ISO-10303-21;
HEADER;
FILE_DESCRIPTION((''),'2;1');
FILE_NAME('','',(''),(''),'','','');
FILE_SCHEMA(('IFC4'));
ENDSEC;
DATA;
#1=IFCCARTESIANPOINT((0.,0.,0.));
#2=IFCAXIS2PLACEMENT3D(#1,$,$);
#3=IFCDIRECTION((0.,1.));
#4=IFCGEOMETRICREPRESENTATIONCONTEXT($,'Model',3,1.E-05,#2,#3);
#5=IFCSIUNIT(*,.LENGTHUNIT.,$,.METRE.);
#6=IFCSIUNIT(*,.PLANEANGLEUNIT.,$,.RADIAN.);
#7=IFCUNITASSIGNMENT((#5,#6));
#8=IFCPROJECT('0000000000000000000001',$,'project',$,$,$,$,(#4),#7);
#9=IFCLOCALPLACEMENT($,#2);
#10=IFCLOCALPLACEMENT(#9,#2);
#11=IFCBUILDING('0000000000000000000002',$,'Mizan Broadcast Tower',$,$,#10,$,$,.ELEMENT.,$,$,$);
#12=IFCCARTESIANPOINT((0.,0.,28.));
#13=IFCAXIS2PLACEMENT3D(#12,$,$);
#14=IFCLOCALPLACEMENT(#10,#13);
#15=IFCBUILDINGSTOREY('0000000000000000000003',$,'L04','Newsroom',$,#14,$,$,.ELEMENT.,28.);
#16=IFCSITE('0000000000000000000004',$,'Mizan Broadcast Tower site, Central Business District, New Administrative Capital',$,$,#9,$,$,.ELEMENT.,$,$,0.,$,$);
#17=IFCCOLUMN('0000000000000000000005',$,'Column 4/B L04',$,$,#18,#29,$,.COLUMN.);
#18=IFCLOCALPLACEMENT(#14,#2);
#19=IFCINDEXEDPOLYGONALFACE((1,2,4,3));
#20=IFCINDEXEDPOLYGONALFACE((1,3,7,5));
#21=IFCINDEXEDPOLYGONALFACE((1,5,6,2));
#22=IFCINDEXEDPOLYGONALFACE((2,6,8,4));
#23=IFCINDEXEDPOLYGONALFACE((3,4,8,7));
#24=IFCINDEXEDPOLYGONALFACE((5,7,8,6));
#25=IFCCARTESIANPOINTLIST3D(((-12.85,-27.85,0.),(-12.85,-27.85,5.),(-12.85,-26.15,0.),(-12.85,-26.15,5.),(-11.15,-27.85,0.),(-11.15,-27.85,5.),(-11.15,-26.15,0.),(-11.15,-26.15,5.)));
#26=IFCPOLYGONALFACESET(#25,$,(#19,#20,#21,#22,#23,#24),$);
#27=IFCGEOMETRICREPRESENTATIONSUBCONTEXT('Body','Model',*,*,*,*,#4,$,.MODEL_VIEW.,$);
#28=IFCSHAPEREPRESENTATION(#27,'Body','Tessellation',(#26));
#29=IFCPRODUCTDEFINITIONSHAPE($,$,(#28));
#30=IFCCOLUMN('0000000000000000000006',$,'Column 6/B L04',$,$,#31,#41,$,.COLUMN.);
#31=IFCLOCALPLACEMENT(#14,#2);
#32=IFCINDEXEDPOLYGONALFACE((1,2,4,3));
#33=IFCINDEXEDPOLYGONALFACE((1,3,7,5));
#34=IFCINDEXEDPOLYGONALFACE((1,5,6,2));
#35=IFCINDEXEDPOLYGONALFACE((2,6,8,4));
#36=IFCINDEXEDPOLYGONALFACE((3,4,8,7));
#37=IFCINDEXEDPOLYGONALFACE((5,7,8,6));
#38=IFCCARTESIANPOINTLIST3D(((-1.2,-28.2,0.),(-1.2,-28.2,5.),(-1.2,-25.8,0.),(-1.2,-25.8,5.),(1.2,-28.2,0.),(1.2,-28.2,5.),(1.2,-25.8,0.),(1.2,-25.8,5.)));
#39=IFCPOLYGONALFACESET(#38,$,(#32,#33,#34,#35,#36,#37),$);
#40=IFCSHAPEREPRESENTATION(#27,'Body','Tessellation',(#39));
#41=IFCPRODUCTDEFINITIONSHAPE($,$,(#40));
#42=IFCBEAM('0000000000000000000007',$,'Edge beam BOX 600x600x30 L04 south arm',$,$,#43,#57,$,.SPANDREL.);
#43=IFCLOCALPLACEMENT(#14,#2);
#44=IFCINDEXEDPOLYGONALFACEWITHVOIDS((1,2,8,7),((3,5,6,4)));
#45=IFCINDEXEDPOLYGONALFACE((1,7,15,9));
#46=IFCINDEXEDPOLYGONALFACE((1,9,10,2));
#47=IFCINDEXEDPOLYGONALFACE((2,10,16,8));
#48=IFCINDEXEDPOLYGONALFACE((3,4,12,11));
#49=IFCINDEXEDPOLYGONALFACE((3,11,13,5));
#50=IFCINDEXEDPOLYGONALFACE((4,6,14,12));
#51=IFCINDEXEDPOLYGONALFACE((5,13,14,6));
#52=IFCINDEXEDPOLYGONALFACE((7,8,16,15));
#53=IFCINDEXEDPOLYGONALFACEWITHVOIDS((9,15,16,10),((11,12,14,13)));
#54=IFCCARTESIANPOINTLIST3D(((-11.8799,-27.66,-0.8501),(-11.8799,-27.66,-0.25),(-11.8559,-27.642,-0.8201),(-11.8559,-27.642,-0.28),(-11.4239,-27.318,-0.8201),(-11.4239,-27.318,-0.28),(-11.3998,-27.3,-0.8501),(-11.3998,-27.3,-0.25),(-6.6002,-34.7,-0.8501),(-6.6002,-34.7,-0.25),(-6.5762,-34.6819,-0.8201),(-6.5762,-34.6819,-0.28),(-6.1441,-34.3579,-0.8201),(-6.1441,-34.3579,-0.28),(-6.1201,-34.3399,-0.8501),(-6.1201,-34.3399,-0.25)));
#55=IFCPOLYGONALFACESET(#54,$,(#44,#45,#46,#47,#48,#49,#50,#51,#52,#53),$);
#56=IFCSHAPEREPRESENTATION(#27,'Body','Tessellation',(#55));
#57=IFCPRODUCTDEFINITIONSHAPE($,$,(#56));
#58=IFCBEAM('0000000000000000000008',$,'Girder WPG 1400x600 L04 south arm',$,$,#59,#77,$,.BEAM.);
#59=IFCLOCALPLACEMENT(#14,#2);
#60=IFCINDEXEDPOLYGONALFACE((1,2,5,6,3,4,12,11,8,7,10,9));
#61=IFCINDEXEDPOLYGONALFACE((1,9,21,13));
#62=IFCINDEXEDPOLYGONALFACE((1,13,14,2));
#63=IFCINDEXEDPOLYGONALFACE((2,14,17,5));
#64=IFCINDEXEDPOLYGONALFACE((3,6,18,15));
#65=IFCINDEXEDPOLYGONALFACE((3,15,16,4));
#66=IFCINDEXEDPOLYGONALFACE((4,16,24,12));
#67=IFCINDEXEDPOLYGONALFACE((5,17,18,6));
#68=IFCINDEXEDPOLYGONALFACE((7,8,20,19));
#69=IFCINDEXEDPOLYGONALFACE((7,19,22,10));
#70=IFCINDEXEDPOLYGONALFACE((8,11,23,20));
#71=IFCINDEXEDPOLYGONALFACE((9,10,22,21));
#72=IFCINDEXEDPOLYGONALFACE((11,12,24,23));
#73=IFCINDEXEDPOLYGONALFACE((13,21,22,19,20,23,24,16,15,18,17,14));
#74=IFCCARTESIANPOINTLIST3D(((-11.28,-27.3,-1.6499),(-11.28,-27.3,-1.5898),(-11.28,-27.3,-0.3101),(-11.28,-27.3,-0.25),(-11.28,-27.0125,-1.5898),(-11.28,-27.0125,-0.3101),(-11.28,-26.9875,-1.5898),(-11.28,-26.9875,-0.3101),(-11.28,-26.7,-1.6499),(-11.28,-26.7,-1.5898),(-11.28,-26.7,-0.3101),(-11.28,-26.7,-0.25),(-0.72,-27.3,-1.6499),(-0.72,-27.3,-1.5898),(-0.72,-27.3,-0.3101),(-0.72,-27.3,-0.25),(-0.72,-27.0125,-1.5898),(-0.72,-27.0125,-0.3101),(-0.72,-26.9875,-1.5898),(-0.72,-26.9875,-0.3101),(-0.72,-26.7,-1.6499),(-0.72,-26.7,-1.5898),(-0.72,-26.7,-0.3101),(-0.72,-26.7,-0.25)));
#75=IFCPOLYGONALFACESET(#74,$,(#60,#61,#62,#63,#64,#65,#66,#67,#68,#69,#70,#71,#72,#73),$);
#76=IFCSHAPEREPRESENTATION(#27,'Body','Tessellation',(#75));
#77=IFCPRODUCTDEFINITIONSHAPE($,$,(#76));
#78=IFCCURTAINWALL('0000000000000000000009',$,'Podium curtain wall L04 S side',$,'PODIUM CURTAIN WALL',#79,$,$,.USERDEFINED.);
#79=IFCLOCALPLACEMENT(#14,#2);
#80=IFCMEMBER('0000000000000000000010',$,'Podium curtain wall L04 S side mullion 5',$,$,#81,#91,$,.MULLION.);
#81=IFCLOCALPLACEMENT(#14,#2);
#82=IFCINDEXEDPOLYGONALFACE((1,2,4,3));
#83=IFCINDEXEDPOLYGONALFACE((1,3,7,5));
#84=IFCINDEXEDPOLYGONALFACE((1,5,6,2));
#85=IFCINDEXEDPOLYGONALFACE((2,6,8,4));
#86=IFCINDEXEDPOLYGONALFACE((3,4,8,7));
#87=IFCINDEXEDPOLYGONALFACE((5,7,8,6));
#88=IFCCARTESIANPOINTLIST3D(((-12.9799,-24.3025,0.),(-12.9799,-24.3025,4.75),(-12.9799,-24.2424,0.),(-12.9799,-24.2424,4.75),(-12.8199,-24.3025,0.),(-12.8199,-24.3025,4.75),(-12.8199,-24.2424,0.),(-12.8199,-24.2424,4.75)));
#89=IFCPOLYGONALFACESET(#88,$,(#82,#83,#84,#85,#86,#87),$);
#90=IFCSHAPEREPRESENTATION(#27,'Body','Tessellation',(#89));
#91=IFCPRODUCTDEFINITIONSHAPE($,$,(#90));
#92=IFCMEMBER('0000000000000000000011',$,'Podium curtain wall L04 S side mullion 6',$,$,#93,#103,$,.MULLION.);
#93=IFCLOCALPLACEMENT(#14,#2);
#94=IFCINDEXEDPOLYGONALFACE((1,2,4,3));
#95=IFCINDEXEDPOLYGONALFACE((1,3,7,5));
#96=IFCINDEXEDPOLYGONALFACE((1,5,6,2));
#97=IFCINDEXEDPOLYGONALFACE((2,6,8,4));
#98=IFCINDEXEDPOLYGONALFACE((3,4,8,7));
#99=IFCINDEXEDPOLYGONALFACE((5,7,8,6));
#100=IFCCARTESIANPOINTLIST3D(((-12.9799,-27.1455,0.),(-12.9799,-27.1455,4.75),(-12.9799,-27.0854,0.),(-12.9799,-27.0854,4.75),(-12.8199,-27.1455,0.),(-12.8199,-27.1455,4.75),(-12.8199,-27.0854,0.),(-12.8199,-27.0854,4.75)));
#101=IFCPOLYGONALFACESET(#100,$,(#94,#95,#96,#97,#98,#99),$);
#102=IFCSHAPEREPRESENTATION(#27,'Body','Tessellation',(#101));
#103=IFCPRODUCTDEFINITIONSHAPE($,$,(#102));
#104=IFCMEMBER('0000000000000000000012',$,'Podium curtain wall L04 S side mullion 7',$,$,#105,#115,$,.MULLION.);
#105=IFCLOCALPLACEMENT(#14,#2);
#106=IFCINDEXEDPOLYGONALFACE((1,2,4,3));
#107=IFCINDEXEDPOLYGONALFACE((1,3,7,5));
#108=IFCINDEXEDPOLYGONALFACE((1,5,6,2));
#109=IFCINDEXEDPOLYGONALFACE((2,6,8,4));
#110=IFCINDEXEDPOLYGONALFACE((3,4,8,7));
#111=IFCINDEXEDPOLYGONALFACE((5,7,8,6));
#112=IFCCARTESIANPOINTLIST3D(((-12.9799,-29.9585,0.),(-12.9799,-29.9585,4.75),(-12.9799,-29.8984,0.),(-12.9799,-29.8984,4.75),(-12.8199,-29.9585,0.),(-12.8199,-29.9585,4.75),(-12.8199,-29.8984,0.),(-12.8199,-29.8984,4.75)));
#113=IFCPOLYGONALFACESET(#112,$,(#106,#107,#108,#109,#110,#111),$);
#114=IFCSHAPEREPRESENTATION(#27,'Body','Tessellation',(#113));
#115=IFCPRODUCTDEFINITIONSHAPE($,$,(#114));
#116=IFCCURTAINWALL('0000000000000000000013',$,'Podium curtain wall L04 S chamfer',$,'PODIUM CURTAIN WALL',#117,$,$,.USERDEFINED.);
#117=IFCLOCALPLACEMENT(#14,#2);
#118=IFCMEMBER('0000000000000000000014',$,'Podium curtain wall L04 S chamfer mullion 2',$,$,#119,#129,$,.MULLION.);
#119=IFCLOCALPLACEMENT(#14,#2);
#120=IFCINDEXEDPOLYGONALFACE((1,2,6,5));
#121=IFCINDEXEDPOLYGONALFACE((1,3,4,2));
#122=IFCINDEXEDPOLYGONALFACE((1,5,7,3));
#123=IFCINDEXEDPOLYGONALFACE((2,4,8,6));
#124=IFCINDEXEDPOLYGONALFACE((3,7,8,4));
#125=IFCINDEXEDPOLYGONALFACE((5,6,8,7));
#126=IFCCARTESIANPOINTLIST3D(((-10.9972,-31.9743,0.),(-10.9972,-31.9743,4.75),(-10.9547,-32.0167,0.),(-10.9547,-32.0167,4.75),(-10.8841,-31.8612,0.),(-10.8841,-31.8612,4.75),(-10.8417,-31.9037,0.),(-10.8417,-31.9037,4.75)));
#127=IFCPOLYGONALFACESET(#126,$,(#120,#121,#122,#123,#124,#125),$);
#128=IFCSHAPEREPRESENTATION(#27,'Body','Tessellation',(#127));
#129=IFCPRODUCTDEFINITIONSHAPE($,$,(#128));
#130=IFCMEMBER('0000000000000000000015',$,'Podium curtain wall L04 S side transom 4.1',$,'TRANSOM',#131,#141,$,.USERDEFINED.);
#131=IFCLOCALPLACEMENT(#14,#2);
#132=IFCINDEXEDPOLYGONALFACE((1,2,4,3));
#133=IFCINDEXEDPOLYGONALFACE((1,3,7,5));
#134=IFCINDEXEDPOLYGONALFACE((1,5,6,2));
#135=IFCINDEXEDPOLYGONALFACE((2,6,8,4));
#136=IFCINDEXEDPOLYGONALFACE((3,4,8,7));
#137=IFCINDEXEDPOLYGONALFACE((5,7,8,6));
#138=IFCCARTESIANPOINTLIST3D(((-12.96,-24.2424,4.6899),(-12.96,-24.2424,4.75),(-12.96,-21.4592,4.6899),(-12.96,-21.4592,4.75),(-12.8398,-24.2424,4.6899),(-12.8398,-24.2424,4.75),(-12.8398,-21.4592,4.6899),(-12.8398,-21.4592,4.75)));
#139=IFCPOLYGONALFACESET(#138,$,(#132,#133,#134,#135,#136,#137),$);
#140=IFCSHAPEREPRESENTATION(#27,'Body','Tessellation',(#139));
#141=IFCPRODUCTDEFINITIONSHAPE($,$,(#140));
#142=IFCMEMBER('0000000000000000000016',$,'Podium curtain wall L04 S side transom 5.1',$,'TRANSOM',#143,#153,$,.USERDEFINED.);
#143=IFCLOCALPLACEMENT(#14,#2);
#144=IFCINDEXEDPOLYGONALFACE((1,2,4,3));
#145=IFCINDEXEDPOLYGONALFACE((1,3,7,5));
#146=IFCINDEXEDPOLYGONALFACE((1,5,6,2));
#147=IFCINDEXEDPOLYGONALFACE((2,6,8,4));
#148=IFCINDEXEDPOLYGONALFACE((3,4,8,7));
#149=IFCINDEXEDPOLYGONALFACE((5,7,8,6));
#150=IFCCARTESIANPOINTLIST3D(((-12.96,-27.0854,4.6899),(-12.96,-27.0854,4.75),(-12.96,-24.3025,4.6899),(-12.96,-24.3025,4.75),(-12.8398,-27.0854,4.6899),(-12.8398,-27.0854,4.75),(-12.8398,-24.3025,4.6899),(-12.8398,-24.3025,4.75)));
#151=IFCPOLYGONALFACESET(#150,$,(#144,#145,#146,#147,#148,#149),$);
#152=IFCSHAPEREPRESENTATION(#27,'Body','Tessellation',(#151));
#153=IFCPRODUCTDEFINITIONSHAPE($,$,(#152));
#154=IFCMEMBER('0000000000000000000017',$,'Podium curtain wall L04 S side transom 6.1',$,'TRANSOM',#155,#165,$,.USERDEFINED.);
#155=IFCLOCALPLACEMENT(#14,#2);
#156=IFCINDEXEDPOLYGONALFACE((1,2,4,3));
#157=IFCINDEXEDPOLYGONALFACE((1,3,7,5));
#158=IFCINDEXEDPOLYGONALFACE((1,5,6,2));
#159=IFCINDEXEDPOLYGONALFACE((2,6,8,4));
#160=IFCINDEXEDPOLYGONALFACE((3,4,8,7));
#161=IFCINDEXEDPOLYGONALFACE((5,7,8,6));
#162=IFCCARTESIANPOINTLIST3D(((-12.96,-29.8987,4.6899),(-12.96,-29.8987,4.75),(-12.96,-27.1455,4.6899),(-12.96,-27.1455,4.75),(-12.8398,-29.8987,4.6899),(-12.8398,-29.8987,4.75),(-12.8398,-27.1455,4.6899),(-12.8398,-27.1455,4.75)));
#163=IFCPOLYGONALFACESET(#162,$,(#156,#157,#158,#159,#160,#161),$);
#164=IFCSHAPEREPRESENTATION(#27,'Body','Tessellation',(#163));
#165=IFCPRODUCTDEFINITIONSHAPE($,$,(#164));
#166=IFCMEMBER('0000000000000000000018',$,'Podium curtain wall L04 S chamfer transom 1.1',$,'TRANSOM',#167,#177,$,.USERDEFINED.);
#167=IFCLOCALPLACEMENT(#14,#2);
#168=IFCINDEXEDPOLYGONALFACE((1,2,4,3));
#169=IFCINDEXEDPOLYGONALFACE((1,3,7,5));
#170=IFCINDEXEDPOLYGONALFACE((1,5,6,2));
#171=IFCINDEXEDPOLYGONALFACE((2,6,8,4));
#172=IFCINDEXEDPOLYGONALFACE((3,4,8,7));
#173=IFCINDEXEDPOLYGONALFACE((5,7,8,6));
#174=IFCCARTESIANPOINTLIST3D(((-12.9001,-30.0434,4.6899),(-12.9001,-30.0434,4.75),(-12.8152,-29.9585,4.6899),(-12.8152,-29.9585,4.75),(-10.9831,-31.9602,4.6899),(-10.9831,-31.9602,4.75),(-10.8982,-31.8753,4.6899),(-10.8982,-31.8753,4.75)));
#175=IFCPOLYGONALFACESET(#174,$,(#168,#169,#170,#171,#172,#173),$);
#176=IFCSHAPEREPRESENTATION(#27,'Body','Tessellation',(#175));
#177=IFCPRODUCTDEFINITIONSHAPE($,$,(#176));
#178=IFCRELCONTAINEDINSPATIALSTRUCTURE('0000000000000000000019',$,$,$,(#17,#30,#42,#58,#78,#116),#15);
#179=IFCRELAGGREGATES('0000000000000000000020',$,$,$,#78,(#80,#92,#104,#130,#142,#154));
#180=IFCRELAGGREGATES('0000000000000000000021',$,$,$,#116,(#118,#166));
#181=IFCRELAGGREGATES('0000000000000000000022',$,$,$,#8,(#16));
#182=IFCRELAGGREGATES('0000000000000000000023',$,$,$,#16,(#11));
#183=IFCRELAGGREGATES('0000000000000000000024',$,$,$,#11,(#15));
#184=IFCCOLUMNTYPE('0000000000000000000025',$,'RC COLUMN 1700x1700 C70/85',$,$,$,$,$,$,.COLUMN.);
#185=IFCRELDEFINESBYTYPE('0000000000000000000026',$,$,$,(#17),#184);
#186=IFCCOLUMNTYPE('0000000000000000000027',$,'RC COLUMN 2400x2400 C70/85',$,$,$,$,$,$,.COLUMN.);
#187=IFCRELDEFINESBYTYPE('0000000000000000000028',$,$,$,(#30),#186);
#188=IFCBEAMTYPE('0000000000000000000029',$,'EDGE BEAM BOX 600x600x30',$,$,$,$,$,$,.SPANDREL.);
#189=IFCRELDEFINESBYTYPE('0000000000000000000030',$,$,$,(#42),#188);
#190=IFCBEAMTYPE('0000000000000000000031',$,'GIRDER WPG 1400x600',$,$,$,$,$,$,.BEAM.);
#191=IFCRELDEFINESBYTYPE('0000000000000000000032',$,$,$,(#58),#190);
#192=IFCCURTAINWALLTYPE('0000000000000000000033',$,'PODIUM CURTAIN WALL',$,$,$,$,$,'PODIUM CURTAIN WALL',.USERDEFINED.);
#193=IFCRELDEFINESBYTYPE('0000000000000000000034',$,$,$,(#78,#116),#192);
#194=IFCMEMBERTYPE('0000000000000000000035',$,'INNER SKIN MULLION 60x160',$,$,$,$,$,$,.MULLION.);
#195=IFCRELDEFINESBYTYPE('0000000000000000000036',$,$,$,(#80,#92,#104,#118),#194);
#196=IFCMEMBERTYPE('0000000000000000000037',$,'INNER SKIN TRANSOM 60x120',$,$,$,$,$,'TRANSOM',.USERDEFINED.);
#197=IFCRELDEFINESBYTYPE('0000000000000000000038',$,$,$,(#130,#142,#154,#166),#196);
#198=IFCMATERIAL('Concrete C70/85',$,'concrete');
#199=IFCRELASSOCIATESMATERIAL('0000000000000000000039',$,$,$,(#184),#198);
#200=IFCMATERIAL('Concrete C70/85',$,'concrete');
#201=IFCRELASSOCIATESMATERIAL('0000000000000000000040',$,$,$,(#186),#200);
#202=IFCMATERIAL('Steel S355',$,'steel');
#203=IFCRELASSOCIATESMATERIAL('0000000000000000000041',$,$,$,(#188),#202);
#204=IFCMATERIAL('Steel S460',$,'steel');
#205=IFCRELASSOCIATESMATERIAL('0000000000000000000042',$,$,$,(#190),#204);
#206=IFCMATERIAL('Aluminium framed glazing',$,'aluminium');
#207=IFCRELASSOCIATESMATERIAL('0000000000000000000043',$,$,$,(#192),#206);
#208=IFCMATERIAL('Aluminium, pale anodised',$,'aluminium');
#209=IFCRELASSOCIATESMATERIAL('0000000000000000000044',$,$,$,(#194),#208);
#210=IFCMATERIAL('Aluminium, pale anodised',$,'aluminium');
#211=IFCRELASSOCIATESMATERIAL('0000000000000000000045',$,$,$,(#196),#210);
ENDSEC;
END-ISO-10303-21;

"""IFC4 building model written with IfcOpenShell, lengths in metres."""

from ifc_helpers import new_model, si_unit, direction, frame, origin, origin_2d, place, context, subcontext, project, spatial, rectangle, hollow_rectangle, i_section, extrude, material, material_profile, profile_set, type_object, element, aggregate, save


model = new_model("IFC4")

# Units and contexts
model_context = context("Model", 3, precision=1e-05, world=origin(), true_north=direction((0.0, 1.0)))
body_context = subcontext(model_context, "Body", "Model", "MODEL_VIEW")
ifc_project = project(units=[si_unit("LENGTHUNIT", "METRE"), si_unit("PLANEANGLEUNIT", "RADIAN")], contexts=[model_context])

# Site, building, storey
site_placement = place(None, origin())
site = spatial("IfcSite", under=ifc_project, at=site_placement, Name="Mizan Broadcast Tower site, Central Business District, New Administrative Capital", CompositionType="ELEMENT", RefElevation=0.0)
building_placement = place(site_placement, origin())
building = spatial("IfcBuilding", under=site, at=building_placement, Name="Mizan Broadcast Tower", CompositionType="ELEMENT")
storey_placement = place(building_placement, frame((0.0, 0.0, 28.0)))
storey = spatial("IfcBuildingStorey", under=building, at=storey_placement, Name="L04", Description="Newsroom", CompositionType="ELEMENT", Elevation=28.0)

# Columns
ifc_material_1 = material(Name="Concrete C70/85", Category="concrete")
ifc_material_profile_1 = material_profile(ifc_material_1, rectangle(XDim=1.7, YDim=1.7, at=origin_2d()), Name="RC 1700x1700")
ifc_profile_set_1 = profile_set([ifc_material_profile_1], Name="Concrete C70/85")
column_type_1 = type_object("IfcColumnType", Name="RC COLUMN 1700x1700 C70/85", PredefinedType="COLUMN", material=ifc_profile_set_1)
column_1_placement = place(storey_placement, frame((-12.0, -27.0, 0.0), z_axis=(0.0, 0.0, 1.0), x_axis=(1.0, 0.0, 0.0)))
element("IfcColumn", 1, at=column_1_placement, inside=storey, type_object=column_type_1, Name="Column 4/B L04", PredefinedType="COLUMN", context=body_context, shape_type="SweptSolid", body=[
    extrude(rectangle(XDim=1.7, YDim=1.7, at=origin_2d()), origin(), (0.0, 0.0, 1.0), 5.0),
])
ifc_material_2 = material(Name="Concrete C70/85", Category="concrete")
ifc_material_profile_2 = material_profile(ifc_material_2, rectangle(XDim=2.3999, YDim=2.3999, at=origin_2d()), Name="RC 2400x2400")
ifc_profile_set_2 = profile_set([ifc_material_profile_2], Name="Concrete C70/85")
column_type_2 = type_object("IfcColumnType", Name="RC COLUMN 2400x2400 C70/85", PredefinedType="COLUMN", material=ifc_profile_set_2)
column_2_placement = place(storey_placement, frame((0.0, -27.0, 0.0), z_axis=(0.0, 0.0, 1.0), x_axis=(1.0, 0.0, 0.0)))
element("IfcColumn", 2, at=column_2_placement, inside=storey, type_object=column_type_2, Name="Column 6/B L04", PredefinedType="COLUMN", context=body_context, shape_type="SweptSolid", body=[
    extrude(rectangle(XDim=2.3999, YDim=2.3999, at=origin_2d()), origin(), (0.0, 0.0, 1.0), 5.0),
])

# Beams
ifc_material_3 = material(Name="Steel S355", Category="steel")
ifc_material_profile_3 = material_profile(ifc_material_3, hollow_rectangle(XDim=0.6001, YDim=0.6001, WallThickness=0.03, at=origin_2d()), Name="BOX 600x600x30")
ifc_profile_set_3 = profile_set([ifc_material_profile_3], Name="Steel S355")
beam_type_1 = type_object("IfcBeamType", Name="EDGE BEAM BOX 600x600x30", PredefinedType="SPANDREL", material=ifc_profile_set_3)
beam_1_placement = place(storey_placement, frame((-11.6399, -27.48, -0.55), z_axis=(0.599982, -0.800013, 0.0), x_axis=(0.800013, 0.599982, 0.0)))
element("IfcBeam", 3, at=beam_1_placement, inside=storey, type_object=beam_type_1, Name="Edge beam BOX 600x600x30 L04 south arm", PredefinedType="SPANDREL", context=body_context, shape_type="SweptSolid", body=[
    extrude(hollow_rectangle(XDim=0.6001, YDim=0.6001, WallThickness=0.03, at=origin_2d()), origin(), (0.0, 0.0, 1.0), 8.7998),
])
ifc_material_4 = material(Name="Steel S460", Category="steel")
ifc_material_profile_4 = material_profile(ifc_material_4, i_section(OverallWidth=0.6001, OverallDepth=1.3999, WebThickness=0.0249, FlangeThickness=0.0601, at=origin_2d()), Name="WPG 1400x600")
ifc_profile_set_4 = profile_set([ifc_material_profile_4], Name="Steel S460")
beam_type_2 = type_object("IfcBeamType", Name="GIRDER WPG 1400x600", PredefinedType="BEAM", material=ifc_profile_set_4)
beam_2_placement = place(storey_placement, frame((-11.28, -27.0, -0.95), z_axis=(1.0, 0.0, 0.0), x_axis=(0.0, 1.0, 0.0)))
element("IfcBeam", 4, at=beam_2_placement, inside=storey, type_object=beam_type_2, Name="Girder WPG 1400x600 L04 south arm", PredefinedType="BEAM", context=body_context, shape_type="SweptSolid", body=[
    extrude(i_section(OverallWidth=0.6001, OverallDepth=1.3999, WebThickness=0.0249, FlangeThickness=0.0601, at=origin_2d()), origin(), (0.0, 0.0, 1.0), 10.5601),
])

# Curtain wall, members
ifc_material_5 = material(Name="Aluminium framed glazing", Category="aluminium")
curtain_wall_type_1 = type_object("IfcCurtainWallType", Name="PODIUM CURTAIN WALL", ElementType="PODIUM CURTAIN WALL", PredefinedType="USERDEFINED", material=ifc_material_5)
curtain_wall_1_placement = place(storey_placement, origin())
curtain_wall_1 = element("IfcCurtainWall", 5, at=curtain_wall_1_placement, inside=storey, type_object=curtain_wall_type_1, Name="Podium curtain wall L04 S side", ObjectType="PODIUM CURTAIN WALL", PredefinedType="USERDEFINED")
ifc_material_6 = material(Name="Aluminium, pale anodised", Category="aluminium")
ifc_material_profile_5 = material_profile(ifc_material_6, rectangle(XDim=0.1599, YDim=0.0601, at=origin_2d()), Name="MULLION 160x60")
ifc_profile_set_5 = profile_set([ifc_material_profile_5], Name="Aluminium, pale anodised")
member_type_1 = type_object("IfcMemberType", Name="INNER SKIN MULLION 60x160", PredefinedType="MULLION", material=ifc_profile_set_5)
member_1_placement = place(storey_placement, frame((-12.8999, -24.2725, 0.0), z_axis=(0.0, 0.0, 1.0), x_axis=(1.0, 0.0, 0.0)))
member_1 = element("IfcMember", 6, at=member_1_placement, type_object=member_type_1, Name="Podium curtain wall L04 S side mullion 5", PredefinedType="MULLION", context=body_context, shape_type="SweptSolid", body=[
    extrude(rectangle(XDim=0.1599, YDim=0.0601, at=origin_2d()), origin(), (0.0, 0.0, 1.0), 4.75),
])
member_2_placement = place(storey_placement, frame((-12.8999, -27.1155, 0.0), z_axis=(0.0, 0.0, 1.0), x_axis=(1.0, 0.0, 0.0)))
member_2 = element("IfcMember", 7, at=member_2_placement, type_object=member_type_1, Name="Podium curtain wall L04 S side mullion 6", PredefinedType="MULLION", context=body_context, shape_type="SweptSolid", body=[
    extrude(rectangle(XDim=0.1599, YDim=0.0601, at=origin_2d()), origin(), (0.0, 0.0, 1.0), 4.75),
])
member_3_placement = place(storey_placement, frame((-12.8999, -29.9285, 0.0), z_axis=(0.0, 0.0, 1.0), x_axis=(1.0, 0.0, 0.0)))
member_3 = element("IfcMember", 8, at=member_3_placement, type_object=member_type_1, Name="Podium curtain wall L04 S side mullion 7", PredefinedType="MULLION", context=body_context, shape_type="SweptSolid", body=[
    extrude(rectangle(XDim=0.1599, YDim=0.0601, at=origin_2d()), origin(), (0.0, 0.0, 1.0), 4.75),
])

# Curtain wall, member
curtain_wall_2_placement = place(storey_placement, origin())
curtain_wall_2 = element("IfcCurtainWall", 9, at=curtain_wall_2_placement, inside=storey, type_object=curtain_wall_type_1, Name="Podium curtain wall L04 S chamfer", ObjectType="PODIUM CURTAIN WALL", PredefinedType="USERDEFINED")
member_4_placement = place(storey_placement, frame((-10.9194, -31.939, 0.0), z_axis=(0.0, 0.0, 1.0), x_axis=(0.707107, 0.707107, 0.0)))
member_4 = element("IfcMember", 10, at=member_4_placement, type_object=member_type_1, Name="Podium curtain wall L04 S chamfer mullion 2", PredefinedType="MULLION", context=body_context, shape_type="SweptSolid", body=[
    extrude(rectangle(XDim=0.1599, YDim=0.0601, at=origin_2d()), origin(), (0.0, 0.0, 1.0), 4.75),
])

# Members
ifc_material_7 = material(Name="Aluminium, pale anodised", Category="aluminium")
ifc_material_profile_6 = material_profile(ifc_material_7, rectangle(XDim=0.1201, YDim=0.0601, at=origin_2d()), Name="TRANSOM 120x60")
ifc_profile_set_6 = profile_set([ifc_material_profile_6], Name="Aluminium, pale anodised")
member_type_2 = type_object("IfcMemberType", Name="INNER SKIN TRANSOM 60x120", ElementType="TRANSOM", PredefinedType="USERDEFINED", material=ifc_profile_set_6)
member_5_placement = place(storey_placement, frame((-12.8999, -21.4592, 4.72), z_axis=(0.0, -1.0, 0.0), x_axis=(1.0, 0.0, 0.0)))
member_5 = element("IfcMember", 11, at=member_5_placement, type_object=member_type_2, Name="Podium curtain wall L04 S side transom 4.1", ObjectType="TRANSOM", PredefinedType="USERDEFINED", context=body_context, shape_type="SweptSolid", body=[
    extrude(rectangle(XDim=0.1201, YDim=0.0601, at=origin_2d()), origin(), (0.0, 0.0, 1.0), 2.7832),
])
member_6_placement = place(storey_placement, frame((-12.8999, -24.3025, 4.72), z_axis=(0.0, -1.0, 0.0), x_axis=(1.0, 0.0, 0.0)))
member_6 = element("IfcMember", 12, at=member_6_placement, type_object=member_type_2, Name="Podium curtain wall L04 S side transom 5.1", ObjectType="TRANSOM", PredefinedType="USERDEFINED", context=body_context, shape_type="SweptSolid", body=[
    extrude(rectangle(XDim=0.1201, YDim=0.0601, at=origin_2d()), origin(), (0.0, 0.0, 1.0), 2.783),
])
member_7_placement = place(storey_placement, frame((-12.8999, -27.1455, 4.72), z_axis=(0.0, -1.0, 0.0), x_axis=(1.0, 0.0, 0.0)))
member_7 = element("IfcMember", 13, at=member_7_placement, type_object=member_type_2, Name="Podium curtain wall L04 S side transom 6.1", ObjectType="TRANSOM", PredefinedType="USERDEFINED", context=body_context, shape_type="SweptSolid", body=[
    extrude(rectangle(XDim=0.1201, YDim=0.0601, at=origin_2d()), origin(), (0.0, 0.0, 1.0), 2.7532),
])
member_8_placement = place(storey_placement, frame((-12.8577, -30.001, 4.72), z_axis=(0.707152, -0.707062, 0.0), x_axis=(0.707062, 0.707152, 0.0)))
member_8 = element("IfcMember", 14, at=member_8_placement, type_object=member_type_2, Name="Podium curtain wall L04 S chamfer transom 1.1", ObjectType="TRANSOM", PredefinedType="USERDEFINED", context=body_context, shape_type="SweptSolid", body=[
    extrude(rectangle(XDim=0.1201, YDim=0.0601, at=origin_2d()), origin(), (0.0, 0.0, 1.0), 2.7109),
])

aggregate(curtain_wall_1, [member_1, member_2, member_3, member_5, member_6, member_7])
aggregate(curtain_wall_2, [member_4, member_8])

save(model, "model.ifc")
